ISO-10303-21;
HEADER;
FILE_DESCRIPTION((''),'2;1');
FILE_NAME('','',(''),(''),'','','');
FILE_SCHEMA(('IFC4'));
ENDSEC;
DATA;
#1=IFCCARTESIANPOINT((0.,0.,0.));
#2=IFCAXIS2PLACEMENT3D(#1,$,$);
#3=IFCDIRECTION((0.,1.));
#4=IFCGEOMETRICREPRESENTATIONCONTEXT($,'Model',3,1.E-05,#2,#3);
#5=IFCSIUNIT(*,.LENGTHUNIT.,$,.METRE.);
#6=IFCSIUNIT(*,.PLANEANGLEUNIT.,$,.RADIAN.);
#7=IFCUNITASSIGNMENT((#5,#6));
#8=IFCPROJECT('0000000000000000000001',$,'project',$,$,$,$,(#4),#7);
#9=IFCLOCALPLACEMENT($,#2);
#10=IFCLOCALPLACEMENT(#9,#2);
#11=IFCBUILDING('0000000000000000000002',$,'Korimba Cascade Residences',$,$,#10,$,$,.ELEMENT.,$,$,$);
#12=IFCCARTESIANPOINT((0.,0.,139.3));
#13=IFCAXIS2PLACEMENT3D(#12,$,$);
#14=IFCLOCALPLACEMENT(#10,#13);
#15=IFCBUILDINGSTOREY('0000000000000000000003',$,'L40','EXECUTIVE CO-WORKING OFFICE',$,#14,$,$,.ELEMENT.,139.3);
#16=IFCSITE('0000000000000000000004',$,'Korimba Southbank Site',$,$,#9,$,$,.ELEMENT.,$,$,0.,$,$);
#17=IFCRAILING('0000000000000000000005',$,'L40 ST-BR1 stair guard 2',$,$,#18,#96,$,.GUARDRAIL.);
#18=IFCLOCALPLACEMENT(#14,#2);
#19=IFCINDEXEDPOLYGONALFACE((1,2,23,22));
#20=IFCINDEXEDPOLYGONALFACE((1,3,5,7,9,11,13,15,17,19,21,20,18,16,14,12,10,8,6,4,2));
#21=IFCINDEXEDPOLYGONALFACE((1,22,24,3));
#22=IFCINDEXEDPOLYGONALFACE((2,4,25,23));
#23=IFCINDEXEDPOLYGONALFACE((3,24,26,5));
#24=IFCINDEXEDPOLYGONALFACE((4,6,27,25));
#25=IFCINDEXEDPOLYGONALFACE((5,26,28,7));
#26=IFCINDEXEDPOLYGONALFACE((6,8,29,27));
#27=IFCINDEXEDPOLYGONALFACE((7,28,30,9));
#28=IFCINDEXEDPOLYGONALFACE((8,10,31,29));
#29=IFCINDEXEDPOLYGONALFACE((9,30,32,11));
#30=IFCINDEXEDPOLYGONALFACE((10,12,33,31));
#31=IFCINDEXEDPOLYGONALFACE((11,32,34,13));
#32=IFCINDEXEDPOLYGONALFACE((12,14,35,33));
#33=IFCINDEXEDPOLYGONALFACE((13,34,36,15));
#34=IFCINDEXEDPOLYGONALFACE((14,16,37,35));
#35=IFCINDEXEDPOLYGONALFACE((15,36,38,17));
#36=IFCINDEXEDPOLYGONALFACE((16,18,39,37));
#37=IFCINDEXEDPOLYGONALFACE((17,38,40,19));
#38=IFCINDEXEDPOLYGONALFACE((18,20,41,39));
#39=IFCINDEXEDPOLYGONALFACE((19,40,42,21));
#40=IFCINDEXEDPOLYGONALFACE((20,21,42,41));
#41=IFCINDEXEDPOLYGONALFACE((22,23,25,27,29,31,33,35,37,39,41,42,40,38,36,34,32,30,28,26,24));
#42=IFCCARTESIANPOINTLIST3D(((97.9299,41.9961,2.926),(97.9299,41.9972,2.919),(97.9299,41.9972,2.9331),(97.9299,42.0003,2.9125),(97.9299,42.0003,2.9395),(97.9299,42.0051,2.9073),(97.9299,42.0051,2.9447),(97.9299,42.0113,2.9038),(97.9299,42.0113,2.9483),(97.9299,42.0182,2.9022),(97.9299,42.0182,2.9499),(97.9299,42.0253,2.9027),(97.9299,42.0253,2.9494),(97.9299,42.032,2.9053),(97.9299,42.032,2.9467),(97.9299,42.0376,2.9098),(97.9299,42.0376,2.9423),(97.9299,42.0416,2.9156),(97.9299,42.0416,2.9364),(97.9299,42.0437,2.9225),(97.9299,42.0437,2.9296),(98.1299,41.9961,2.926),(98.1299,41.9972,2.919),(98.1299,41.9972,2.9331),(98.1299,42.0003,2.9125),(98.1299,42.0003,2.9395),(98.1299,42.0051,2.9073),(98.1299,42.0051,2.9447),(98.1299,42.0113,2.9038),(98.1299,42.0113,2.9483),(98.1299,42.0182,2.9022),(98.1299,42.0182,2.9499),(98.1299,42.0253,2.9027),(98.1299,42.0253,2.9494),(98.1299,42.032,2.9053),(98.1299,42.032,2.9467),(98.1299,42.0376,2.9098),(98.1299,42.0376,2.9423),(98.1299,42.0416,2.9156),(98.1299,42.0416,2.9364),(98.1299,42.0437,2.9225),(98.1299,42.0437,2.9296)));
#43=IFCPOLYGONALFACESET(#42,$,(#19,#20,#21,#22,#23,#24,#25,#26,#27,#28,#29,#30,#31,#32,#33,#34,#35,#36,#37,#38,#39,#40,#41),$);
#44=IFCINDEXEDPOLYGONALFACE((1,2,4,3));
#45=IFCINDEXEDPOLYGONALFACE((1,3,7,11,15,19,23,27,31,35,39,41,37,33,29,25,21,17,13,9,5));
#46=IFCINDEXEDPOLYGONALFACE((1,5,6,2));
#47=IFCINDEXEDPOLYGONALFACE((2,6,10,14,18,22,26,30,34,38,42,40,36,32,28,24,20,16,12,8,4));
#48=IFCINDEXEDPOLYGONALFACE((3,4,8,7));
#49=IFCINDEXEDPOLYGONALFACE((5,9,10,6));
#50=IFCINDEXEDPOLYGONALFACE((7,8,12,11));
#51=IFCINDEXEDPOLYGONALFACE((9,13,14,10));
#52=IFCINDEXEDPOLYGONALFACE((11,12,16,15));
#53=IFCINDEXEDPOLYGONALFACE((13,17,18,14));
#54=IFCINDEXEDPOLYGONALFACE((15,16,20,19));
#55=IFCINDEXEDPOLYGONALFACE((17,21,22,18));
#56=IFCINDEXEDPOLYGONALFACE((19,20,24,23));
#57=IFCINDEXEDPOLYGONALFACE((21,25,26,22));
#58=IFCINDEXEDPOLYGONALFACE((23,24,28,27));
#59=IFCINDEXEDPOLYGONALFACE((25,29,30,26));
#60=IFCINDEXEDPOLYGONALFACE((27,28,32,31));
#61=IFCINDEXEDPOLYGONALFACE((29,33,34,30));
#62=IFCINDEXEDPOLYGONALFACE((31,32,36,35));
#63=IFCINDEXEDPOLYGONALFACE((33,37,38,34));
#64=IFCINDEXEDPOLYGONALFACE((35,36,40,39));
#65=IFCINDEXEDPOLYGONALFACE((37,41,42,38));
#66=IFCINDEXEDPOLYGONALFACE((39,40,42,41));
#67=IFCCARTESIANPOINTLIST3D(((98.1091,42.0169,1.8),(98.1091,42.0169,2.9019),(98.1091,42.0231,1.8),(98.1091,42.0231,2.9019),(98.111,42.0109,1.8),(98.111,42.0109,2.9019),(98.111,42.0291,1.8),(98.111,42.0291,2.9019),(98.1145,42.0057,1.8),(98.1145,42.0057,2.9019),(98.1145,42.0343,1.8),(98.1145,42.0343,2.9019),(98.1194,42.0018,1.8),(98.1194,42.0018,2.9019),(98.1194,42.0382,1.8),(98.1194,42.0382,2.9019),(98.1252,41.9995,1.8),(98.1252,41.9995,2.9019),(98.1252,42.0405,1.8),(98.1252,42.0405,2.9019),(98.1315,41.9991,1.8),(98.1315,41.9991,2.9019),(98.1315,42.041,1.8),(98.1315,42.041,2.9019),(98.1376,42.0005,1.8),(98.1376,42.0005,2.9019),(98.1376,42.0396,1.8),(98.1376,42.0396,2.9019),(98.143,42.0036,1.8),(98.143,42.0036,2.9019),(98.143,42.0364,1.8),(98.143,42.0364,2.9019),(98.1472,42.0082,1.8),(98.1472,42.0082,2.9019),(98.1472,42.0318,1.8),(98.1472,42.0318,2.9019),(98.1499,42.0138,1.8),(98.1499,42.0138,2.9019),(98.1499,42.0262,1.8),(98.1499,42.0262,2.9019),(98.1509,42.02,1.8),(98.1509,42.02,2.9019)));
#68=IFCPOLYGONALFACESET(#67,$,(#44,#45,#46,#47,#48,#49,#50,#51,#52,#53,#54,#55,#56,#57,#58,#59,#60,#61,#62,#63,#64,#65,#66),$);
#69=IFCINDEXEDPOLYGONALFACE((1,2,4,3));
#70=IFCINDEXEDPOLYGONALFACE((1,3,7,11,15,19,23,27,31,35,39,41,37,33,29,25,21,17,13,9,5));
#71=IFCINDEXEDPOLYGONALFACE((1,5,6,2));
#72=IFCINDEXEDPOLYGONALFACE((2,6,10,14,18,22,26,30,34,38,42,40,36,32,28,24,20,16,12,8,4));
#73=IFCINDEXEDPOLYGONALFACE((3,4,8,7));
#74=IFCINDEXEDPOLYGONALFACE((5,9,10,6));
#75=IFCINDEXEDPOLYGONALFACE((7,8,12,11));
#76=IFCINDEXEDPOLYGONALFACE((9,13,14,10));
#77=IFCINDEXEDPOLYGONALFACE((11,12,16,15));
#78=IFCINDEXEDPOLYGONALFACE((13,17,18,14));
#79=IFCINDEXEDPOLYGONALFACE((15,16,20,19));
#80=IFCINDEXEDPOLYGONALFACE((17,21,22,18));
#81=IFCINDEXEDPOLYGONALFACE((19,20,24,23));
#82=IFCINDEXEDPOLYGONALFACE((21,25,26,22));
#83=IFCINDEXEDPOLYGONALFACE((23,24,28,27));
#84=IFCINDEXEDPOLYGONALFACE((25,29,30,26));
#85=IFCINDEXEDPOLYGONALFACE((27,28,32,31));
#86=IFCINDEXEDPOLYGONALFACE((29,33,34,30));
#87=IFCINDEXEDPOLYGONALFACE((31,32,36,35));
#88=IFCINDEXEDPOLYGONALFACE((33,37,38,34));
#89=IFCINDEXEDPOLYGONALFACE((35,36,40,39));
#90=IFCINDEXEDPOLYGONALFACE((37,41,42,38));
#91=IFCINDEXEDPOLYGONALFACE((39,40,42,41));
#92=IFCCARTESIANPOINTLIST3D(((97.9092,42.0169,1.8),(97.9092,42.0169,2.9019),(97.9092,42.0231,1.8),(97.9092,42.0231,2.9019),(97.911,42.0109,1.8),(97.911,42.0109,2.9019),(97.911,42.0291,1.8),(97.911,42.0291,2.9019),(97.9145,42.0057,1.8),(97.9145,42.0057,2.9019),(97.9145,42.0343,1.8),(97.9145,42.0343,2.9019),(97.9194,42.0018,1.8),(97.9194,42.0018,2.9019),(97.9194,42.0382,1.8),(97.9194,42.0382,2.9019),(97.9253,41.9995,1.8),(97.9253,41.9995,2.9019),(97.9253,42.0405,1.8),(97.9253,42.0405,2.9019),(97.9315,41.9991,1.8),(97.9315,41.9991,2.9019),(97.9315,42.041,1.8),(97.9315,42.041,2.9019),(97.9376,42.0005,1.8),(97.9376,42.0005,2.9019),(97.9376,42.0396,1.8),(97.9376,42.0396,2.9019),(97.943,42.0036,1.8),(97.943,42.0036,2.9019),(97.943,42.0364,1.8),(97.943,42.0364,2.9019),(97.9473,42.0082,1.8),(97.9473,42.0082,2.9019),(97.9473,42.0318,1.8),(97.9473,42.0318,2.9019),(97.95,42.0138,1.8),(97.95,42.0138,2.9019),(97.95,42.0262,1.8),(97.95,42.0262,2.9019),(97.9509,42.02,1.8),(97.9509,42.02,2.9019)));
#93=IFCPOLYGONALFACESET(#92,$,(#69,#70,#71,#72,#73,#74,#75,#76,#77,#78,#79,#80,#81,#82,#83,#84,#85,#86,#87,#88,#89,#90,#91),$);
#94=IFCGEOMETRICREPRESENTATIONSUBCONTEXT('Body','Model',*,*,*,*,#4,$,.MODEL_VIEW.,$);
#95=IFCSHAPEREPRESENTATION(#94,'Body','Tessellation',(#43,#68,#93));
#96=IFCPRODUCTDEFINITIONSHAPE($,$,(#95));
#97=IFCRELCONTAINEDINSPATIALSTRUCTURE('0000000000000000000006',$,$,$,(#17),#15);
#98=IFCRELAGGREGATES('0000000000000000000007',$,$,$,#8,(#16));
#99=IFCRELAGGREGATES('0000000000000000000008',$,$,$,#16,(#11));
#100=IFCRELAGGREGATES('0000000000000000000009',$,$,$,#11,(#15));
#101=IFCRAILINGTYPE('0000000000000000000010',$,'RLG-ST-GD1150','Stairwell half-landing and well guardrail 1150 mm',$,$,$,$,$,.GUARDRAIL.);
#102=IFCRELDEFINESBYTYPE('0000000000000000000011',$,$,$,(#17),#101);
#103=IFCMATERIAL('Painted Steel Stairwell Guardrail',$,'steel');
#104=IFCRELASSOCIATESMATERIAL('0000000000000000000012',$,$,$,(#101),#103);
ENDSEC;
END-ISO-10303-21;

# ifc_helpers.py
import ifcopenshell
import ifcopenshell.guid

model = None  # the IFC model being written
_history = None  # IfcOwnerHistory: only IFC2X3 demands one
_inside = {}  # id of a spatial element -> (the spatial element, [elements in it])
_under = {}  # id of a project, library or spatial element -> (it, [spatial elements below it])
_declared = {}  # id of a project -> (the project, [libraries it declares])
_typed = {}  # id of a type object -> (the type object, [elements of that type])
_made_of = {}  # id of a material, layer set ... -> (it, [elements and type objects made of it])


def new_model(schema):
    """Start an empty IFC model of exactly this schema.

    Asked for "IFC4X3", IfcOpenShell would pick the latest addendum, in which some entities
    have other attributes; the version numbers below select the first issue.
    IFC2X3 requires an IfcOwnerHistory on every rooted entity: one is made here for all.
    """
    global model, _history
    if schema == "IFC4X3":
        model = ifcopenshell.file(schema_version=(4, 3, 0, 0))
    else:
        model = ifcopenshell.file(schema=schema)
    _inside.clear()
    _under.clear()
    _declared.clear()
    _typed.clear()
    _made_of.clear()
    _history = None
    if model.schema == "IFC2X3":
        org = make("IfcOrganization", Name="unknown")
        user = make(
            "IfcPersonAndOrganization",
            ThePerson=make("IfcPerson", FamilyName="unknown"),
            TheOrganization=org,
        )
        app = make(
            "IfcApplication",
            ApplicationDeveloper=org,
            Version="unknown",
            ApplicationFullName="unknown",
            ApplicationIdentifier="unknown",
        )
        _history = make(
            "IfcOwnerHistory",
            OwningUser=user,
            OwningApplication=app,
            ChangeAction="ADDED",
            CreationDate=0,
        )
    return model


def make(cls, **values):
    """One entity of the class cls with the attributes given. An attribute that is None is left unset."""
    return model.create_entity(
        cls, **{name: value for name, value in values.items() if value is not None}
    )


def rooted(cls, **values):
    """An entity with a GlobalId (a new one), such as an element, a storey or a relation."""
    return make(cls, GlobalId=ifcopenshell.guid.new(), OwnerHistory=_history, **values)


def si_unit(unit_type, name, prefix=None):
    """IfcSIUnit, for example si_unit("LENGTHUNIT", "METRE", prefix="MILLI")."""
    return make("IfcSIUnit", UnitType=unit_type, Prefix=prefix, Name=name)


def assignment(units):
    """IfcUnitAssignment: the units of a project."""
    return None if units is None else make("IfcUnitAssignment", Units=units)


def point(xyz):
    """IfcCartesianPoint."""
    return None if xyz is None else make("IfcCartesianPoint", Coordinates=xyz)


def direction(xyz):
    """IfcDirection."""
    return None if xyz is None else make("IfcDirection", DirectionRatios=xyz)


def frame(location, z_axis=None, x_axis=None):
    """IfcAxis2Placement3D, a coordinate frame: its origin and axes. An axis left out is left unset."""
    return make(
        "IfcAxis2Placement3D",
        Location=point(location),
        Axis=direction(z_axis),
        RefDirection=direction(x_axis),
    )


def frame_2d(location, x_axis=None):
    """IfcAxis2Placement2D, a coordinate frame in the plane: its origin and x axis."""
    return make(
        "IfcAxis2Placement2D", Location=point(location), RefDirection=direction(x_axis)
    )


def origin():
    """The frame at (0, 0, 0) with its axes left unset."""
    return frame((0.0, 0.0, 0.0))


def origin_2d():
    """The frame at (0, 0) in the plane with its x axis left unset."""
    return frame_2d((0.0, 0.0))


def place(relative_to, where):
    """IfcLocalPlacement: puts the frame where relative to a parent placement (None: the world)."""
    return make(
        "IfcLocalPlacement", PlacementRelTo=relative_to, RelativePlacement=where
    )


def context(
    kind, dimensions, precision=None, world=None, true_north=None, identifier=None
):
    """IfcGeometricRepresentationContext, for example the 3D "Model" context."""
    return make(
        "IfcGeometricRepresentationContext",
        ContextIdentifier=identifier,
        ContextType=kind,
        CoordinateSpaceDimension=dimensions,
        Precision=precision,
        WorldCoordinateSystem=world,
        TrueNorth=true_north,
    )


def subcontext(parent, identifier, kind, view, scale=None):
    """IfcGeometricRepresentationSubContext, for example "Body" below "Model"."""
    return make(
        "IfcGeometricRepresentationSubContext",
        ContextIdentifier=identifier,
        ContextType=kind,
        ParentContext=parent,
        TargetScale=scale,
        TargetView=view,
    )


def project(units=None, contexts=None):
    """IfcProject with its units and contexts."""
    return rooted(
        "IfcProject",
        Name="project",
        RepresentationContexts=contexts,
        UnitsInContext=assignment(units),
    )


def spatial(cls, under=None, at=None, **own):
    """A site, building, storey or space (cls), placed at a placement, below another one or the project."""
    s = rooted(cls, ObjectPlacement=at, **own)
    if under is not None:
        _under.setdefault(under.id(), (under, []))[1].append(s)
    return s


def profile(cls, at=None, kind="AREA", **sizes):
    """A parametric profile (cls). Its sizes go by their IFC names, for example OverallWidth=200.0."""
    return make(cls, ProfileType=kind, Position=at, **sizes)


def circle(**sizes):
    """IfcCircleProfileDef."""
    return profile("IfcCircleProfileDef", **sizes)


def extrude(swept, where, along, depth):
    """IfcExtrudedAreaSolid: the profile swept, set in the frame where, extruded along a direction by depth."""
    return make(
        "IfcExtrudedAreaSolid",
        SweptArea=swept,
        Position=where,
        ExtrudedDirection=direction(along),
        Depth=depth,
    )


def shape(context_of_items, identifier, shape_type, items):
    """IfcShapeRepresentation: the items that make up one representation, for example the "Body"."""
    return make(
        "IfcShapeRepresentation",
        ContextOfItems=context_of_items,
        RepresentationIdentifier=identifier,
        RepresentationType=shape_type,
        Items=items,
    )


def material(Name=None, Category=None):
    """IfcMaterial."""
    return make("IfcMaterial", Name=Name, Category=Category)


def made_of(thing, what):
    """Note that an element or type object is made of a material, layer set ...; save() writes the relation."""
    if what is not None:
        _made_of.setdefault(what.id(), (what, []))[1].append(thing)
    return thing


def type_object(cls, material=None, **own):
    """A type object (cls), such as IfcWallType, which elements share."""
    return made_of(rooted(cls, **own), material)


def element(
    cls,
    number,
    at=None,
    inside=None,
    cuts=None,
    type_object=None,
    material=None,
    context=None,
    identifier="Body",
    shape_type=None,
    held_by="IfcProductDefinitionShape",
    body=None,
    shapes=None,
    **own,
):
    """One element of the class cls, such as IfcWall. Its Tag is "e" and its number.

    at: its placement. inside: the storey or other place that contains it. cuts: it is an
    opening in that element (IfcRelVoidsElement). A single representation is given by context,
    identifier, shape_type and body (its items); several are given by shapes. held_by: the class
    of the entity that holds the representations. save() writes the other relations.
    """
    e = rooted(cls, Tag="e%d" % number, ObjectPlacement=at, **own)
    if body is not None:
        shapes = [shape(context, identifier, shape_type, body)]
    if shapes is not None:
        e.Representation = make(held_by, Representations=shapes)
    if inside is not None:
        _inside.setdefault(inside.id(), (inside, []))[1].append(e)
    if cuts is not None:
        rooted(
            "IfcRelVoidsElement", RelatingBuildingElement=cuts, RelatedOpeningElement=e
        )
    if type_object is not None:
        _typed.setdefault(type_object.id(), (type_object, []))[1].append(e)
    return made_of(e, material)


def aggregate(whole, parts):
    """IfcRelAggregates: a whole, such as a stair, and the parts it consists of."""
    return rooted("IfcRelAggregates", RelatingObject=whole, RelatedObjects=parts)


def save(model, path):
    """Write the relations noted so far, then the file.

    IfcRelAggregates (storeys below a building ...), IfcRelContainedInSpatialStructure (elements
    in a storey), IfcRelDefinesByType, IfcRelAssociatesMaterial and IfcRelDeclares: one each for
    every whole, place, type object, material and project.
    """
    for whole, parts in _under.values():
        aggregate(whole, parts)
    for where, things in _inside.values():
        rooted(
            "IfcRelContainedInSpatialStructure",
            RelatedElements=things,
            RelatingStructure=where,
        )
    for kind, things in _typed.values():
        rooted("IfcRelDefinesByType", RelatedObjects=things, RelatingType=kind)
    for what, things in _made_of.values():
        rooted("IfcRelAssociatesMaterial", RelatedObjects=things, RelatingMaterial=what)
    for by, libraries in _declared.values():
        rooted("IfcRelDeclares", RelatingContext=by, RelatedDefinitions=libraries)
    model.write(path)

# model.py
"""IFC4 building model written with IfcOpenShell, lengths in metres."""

from ifc_helpers import new_model, si_unit, direction, frame, origin, origin_2d, place, context, subcontext, project, spatial, circle, extrude, material, type_object, element, save


model = new_model("IFC4")

# Units and contexts
model_context = context("Model", 3, precision=1e-05, world=origin(), true_north=direction((0.0, 1.0)))
body_context = subcontext(model_context, "Body", "Model", "MODEL_VIEW")
ifc_project = project(units=[si_unit("LENGTHUNIT", "METRE"), si_unit("PLANEANGLEUNIT", "RADIAN")], contexts=[model_context])

# Site, building, storey
site_placement = place(None, origin())
site = spatial("IfcSite", under=ifc_project, at=site_placement, Name="Korimba Southbank Site", CompositionType="ELEMENT", RefElevation=0.0)
building_placement = place(site_placement, origin())
building = spatial("IfcBuilding", under=site, at=building_placement, Name="Korimba Cascade Residences", CompositionType="ELEMENT")
storey_placement = place(building_placement, frame((0.0, 0.0, 139.3)))
storey = spatial("IfcBuildingStorey", under=building, at=storey_placement, Name="L40", Description="EXECUTIVE CO-WORKING OFFICE", CompositionType="ELEMENT", Elevation=139.3)

# Railing
ifc_material_1 = material(Name="Painted Steel Stairwell Guardrail", Category="steel")
railing_type_1 = type_object("IfcRailingType", Name="RLG-ST-GD1150", Description="Stairwell half-landing and well guardrail 1150 mm", PredefinedType="GUARDRAIL", material=ifc_material_1)
railing_1_placement = place(storey_placement, frame((98.1299, 42.02, 1.8)))
element("IfcRailing", 1, at=railing_1_placement, inside=storey, type_object=railing_type_1, Name="L40 ST-BR1 stair guard 2", PredefinedType="GUARDRAIL", context=body_context, shape_type="SweptSolid", body=[
    extrude(circle(Radius=0.0239, at=origin_2d()), frame((0.0, 0.0, 1.126), z_axis=(-1.0, 0.0, 0.0), x_axis=(0.0, -1.0, 0.0)), (0.0, 0.0, 1.0), 0.2),
    extrude(circle(Radius=0.021, at=origin_2d()), origin(), (0.0, 0.0, 1.0), 1.1018),
    extrude(circle(Radius=0.021, at=origin_2d()), frame((-0.2, 0.0, 0.0)), (0.0, 0.0, 1.0), 1.1018),
])

save(model, "model.ifc")
